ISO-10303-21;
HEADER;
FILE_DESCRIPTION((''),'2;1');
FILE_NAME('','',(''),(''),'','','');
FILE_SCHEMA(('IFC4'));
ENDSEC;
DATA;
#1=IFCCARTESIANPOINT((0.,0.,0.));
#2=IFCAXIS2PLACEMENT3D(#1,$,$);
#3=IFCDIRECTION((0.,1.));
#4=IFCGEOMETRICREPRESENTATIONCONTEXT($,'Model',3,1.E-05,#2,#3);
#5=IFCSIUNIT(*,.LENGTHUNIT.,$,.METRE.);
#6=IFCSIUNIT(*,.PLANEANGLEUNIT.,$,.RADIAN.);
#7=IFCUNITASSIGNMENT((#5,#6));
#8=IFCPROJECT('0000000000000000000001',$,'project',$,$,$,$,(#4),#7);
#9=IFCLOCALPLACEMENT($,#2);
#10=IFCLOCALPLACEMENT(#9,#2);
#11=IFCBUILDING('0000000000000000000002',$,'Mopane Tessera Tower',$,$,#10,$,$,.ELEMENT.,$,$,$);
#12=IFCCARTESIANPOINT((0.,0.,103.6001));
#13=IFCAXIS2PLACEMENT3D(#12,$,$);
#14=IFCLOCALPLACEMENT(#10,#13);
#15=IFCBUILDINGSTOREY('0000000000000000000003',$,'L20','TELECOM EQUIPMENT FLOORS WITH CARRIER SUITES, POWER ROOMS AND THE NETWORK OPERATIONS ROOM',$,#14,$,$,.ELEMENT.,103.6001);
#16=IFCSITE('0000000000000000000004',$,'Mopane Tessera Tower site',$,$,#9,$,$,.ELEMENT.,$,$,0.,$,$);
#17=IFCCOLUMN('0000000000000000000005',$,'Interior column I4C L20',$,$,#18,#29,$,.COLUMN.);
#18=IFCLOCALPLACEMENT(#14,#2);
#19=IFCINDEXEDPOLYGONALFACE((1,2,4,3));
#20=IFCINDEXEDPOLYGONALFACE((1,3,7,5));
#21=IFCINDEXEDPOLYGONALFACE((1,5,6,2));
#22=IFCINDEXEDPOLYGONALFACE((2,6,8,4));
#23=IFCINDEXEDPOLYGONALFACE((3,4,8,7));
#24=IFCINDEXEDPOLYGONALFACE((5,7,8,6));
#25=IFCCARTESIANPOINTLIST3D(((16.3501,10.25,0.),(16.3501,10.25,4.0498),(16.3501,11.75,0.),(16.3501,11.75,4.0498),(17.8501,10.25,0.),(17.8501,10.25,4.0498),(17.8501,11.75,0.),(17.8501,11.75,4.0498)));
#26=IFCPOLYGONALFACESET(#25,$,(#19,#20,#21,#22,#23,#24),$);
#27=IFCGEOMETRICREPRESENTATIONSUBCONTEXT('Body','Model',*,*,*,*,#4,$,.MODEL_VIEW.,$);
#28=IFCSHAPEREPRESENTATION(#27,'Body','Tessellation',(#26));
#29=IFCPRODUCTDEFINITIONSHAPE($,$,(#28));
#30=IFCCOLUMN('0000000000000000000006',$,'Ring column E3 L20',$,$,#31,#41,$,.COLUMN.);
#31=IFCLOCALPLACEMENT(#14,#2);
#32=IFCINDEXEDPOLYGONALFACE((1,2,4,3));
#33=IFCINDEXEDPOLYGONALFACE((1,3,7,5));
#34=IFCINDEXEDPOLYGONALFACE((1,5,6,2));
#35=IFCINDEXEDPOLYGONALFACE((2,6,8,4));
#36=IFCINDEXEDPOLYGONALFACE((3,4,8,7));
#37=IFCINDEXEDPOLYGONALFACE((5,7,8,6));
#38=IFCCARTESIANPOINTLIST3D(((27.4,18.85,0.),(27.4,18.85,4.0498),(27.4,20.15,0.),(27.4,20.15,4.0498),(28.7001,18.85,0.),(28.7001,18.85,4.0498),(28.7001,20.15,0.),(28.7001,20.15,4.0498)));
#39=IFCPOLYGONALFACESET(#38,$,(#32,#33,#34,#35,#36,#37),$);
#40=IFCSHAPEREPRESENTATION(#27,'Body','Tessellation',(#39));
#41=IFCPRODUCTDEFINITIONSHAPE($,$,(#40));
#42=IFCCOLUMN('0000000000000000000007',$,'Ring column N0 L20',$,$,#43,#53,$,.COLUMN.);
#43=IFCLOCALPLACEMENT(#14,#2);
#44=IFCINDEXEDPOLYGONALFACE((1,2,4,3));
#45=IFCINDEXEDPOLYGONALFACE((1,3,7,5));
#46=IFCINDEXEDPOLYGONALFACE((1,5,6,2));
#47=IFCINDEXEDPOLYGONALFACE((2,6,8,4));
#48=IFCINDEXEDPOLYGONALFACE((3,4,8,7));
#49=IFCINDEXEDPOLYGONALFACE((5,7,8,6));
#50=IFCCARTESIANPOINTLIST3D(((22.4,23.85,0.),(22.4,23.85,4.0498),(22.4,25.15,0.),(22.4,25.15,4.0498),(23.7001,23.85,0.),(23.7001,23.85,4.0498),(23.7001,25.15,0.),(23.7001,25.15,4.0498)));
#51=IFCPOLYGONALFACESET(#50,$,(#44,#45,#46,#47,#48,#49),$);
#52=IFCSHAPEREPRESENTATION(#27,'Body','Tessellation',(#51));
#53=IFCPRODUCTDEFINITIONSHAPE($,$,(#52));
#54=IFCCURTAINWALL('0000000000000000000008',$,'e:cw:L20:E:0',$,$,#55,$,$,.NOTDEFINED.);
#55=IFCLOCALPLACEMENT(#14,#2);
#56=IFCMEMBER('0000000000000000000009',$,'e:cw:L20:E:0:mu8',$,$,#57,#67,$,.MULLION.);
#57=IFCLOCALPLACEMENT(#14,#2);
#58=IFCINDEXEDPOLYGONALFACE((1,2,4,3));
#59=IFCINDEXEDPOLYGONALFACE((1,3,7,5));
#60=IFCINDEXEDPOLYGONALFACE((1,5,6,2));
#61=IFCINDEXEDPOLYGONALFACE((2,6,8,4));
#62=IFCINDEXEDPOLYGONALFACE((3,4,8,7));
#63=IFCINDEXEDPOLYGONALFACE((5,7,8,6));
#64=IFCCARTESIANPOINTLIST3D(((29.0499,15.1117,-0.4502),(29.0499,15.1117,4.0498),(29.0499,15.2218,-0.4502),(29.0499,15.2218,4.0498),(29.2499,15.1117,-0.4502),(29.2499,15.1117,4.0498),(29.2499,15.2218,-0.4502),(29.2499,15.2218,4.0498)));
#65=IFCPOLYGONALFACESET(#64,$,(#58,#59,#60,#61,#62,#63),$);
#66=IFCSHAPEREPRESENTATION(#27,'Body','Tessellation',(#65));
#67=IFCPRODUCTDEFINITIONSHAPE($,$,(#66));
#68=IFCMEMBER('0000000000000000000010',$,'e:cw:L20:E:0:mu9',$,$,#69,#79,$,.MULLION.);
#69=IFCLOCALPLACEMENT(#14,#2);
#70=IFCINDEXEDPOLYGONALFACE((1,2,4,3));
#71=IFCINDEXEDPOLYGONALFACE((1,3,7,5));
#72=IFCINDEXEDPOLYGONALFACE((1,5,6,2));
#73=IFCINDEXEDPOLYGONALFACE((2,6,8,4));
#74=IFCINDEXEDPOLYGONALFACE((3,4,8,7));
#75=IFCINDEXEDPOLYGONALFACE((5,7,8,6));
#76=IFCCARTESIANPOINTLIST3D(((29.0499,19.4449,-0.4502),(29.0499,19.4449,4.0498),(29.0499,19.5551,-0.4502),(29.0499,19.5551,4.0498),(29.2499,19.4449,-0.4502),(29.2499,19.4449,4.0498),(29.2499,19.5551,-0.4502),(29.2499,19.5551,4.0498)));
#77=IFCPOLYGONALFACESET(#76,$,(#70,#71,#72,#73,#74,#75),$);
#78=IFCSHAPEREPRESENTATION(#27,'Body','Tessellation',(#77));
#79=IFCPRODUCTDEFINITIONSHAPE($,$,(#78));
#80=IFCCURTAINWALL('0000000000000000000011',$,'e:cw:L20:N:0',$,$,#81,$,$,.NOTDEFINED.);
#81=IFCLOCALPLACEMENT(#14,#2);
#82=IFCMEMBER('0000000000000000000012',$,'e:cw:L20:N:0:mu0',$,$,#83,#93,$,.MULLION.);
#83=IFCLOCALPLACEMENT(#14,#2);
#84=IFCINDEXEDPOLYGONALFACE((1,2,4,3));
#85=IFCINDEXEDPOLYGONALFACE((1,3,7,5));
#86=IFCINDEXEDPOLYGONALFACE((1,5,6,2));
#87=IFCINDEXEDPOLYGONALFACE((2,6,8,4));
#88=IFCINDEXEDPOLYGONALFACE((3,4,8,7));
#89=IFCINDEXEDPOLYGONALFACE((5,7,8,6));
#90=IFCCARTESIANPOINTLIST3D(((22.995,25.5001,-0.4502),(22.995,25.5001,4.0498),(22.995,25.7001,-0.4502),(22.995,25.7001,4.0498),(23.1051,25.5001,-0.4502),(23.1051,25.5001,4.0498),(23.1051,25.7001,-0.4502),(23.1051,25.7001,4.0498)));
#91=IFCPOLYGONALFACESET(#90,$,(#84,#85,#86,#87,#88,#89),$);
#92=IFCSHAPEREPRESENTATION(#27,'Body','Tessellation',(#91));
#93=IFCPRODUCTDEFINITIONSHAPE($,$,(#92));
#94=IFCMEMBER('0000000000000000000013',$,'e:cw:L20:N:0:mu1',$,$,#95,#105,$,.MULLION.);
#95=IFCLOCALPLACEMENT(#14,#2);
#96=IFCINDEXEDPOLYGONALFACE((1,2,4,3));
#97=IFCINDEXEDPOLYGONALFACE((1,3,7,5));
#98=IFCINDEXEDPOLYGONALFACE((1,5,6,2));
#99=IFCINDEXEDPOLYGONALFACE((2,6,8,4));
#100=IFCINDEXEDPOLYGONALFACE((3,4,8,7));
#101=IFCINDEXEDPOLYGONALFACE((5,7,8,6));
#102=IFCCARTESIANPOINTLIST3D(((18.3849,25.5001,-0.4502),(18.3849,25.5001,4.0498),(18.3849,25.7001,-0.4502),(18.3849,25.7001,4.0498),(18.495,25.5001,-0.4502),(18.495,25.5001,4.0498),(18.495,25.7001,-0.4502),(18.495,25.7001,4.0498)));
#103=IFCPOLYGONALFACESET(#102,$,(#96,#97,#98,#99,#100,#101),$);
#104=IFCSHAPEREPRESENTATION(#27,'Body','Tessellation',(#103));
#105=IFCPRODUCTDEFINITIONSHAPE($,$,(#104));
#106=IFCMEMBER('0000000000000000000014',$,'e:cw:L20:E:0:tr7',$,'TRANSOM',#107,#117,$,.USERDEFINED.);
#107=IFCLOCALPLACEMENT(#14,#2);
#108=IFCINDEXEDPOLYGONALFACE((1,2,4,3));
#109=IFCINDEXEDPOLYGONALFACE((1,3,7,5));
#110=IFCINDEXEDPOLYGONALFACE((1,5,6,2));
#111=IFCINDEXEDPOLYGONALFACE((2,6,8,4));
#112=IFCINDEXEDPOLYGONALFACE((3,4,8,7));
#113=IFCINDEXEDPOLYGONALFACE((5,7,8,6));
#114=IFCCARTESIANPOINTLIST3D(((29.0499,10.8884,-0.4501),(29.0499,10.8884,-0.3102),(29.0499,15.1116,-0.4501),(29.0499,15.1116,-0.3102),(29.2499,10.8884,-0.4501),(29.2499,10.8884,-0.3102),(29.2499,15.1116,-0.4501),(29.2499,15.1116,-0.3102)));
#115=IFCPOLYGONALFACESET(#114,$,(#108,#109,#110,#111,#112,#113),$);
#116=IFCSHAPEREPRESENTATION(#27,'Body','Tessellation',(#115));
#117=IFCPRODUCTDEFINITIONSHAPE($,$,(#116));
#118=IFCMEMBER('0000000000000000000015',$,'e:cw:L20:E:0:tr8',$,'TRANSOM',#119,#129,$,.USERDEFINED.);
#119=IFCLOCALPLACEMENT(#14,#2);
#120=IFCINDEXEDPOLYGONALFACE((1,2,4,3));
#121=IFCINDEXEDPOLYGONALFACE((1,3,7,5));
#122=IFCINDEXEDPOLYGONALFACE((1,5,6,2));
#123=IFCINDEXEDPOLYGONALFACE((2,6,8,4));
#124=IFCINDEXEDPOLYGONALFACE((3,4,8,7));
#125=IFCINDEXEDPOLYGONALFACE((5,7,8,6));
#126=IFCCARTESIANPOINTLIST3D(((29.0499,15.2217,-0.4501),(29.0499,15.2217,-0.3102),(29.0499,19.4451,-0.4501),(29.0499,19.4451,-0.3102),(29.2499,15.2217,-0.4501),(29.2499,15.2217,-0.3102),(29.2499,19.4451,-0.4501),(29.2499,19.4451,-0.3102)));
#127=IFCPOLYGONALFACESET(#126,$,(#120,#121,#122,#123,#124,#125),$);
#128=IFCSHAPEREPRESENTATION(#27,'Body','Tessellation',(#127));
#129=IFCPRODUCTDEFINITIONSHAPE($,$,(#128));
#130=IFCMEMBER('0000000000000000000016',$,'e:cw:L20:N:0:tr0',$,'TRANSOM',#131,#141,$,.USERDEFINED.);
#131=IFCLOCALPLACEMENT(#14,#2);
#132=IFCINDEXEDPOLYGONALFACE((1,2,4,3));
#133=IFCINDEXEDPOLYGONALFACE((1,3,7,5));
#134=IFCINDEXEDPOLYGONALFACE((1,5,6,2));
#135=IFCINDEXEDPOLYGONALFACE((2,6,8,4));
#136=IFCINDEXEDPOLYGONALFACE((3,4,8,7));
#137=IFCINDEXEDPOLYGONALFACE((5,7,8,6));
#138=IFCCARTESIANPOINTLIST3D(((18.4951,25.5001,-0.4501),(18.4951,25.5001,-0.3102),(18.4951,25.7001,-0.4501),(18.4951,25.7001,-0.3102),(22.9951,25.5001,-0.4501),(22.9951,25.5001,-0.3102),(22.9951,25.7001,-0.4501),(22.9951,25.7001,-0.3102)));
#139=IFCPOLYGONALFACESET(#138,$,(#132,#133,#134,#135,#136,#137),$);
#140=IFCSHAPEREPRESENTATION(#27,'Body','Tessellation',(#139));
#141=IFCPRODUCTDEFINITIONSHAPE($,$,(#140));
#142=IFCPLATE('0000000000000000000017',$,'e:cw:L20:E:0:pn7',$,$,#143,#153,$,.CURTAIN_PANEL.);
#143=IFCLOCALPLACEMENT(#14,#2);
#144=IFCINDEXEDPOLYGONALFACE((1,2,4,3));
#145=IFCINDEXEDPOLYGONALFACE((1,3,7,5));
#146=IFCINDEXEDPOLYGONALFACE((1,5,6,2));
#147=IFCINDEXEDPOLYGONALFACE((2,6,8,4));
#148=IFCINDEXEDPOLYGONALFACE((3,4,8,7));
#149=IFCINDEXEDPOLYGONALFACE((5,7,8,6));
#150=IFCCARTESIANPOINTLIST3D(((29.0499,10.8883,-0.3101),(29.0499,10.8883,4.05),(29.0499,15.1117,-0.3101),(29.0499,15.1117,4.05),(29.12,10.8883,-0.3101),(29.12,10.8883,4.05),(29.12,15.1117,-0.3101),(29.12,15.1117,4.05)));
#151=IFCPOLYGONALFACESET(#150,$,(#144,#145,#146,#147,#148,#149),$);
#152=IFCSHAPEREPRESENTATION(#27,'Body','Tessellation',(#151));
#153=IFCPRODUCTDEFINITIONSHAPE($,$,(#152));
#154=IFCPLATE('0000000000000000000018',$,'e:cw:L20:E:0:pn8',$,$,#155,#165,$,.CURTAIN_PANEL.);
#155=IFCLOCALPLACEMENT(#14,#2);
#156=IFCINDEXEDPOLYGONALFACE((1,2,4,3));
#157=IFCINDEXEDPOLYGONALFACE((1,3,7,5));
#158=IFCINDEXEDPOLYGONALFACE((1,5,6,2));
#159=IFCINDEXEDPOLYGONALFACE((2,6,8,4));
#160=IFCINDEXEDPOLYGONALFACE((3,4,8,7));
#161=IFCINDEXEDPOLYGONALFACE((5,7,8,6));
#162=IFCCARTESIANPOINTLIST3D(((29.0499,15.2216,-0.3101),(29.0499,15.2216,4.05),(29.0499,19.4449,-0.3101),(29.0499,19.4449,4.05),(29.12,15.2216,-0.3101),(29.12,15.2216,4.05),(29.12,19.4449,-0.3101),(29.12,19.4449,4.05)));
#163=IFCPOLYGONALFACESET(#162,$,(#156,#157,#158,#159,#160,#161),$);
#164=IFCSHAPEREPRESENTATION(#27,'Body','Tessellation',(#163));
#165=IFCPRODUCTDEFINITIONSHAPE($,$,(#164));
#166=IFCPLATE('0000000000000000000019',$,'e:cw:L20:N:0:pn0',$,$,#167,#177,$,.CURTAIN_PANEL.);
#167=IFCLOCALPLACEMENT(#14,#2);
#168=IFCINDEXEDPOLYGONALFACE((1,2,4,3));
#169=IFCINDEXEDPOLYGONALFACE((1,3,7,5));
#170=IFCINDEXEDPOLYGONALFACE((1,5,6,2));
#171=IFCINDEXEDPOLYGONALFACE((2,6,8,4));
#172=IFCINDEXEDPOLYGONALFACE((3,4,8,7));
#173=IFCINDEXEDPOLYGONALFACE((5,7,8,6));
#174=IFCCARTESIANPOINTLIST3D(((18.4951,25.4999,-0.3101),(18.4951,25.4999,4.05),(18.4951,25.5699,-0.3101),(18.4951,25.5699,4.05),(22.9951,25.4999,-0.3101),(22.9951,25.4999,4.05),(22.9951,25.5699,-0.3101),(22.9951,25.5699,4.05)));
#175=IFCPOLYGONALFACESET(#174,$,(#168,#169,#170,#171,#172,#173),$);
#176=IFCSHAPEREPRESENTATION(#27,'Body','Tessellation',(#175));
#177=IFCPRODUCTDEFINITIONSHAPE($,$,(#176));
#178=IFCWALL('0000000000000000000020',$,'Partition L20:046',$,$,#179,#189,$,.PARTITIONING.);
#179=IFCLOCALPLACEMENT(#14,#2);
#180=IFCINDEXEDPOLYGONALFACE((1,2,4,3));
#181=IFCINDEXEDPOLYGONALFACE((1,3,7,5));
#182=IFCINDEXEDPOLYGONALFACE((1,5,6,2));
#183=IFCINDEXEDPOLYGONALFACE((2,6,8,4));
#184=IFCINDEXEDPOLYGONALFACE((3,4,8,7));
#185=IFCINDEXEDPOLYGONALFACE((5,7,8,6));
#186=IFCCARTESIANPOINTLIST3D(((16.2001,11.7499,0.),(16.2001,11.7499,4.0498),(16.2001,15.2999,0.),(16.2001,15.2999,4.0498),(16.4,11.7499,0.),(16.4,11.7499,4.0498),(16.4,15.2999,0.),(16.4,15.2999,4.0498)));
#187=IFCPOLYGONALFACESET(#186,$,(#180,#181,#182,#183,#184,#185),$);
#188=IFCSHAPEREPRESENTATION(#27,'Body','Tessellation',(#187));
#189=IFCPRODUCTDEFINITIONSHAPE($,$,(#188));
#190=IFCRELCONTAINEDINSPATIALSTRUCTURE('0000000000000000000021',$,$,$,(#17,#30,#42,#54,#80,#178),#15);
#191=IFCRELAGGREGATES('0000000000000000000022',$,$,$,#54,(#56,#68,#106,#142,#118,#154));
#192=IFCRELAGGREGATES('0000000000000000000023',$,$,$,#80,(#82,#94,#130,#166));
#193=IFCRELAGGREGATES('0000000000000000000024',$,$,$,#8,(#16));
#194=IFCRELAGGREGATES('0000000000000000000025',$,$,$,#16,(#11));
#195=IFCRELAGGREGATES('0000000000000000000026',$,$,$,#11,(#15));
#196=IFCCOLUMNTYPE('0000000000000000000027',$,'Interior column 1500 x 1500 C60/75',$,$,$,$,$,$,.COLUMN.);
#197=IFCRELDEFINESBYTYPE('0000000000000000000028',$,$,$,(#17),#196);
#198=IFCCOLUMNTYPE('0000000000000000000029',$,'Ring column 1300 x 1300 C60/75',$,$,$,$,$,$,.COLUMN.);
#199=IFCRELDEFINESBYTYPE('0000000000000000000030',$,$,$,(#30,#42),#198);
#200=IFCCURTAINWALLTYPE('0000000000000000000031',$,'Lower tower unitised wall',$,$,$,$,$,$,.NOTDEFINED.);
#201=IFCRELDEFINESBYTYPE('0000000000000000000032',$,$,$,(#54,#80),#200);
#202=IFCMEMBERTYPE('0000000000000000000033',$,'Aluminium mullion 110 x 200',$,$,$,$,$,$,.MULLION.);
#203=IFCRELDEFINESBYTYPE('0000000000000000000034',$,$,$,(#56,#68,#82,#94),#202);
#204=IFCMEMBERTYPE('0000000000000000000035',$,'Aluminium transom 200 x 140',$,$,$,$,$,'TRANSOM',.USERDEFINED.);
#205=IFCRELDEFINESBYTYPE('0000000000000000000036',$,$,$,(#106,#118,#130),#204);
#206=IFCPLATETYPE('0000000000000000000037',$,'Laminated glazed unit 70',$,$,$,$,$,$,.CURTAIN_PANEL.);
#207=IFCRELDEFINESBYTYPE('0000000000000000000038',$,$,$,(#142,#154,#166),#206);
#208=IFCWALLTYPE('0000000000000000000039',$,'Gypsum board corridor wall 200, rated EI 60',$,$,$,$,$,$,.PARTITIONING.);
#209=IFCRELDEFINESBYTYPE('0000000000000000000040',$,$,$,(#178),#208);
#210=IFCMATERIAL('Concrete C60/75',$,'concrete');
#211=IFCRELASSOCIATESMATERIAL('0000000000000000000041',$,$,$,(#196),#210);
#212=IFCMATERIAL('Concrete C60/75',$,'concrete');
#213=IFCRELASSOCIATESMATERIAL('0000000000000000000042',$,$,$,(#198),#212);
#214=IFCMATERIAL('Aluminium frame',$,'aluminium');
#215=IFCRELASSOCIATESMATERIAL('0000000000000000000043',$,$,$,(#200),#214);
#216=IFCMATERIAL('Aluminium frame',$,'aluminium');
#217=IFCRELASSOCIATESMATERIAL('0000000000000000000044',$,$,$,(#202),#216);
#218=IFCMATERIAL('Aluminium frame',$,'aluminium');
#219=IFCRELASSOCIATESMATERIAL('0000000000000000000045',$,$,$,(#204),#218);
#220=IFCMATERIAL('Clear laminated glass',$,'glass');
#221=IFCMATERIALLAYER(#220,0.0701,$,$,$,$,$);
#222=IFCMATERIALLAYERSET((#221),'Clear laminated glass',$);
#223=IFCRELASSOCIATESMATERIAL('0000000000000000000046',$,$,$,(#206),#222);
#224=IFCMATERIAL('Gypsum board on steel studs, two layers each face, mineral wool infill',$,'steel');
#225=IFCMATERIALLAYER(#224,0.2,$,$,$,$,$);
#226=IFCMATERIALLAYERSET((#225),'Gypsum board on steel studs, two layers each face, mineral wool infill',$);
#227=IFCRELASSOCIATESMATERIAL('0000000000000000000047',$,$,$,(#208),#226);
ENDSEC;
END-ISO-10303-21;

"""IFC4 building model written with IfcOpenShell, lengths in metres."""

from ifc_helpers import new_model, si_unit, direction, frame, frame_2d, origin, origin_2d, place, context, subcontext, project, spatial, rectangle, extrude, material, layer, layer_set, material_profile, profile_set, type_object, element, aggregate, save


model = new_model("IFC4")

# Units and contexts
model_context = context("Model", 3, precision=1e-05, world=origin(), true_north=direction((0.0, 1.0)))
body_context = subcontext(model_context, "Body", "Model", "MODEL_VIEW")
ifc_project = project(units=[si_unit("LENGTHUNIT", "METRE"), si_unit("PLANEANGLEUNIT", "RADIAN")], contexts=[model_context])

# Site, building, storey
site_placement = place(None, origin())
site = spatial("IfcSite", under=ifc_project, at=site_placement, Name="Mopane Tessera Tower site", CompositionType="ELEMENT", RefElevation=0.0)
building_placement = place(site_placement, origin())
building = spatial("IfcBuilding", under=site, at=building_placement, Name="Mopane Tessera Tower", CompositionType="ELEMENT")
storey_placement = place(building_placement, frame((0.0, 0.0, 103.6001)))
storey = spatial("IfcBuildingStorey", under=building, at=storey_placement, Name="L20", Description="TELECOM EQUIPMENT FLOORS WITH CARRIER SUITES, POWER ROOMS AND THE NETWORK OPERATIONS ROOM", CompositionType="ELEMENT", Elevation=103.6001)

# Columns
ifc_material_1 = material(Name="Concrete C60/75", Category="concrete")
ifc_material_profile_1 = material_profile(ifc_material_1, rectangle(XDim=1.5, YDim=1.5, at=origin_2d()))
ifc_profile_set_1 = profile_set([ifc_material_profile_1], Name="Concrete C60/75")
column_type_1 = type_object("IfcColumnType", Name="Interior column 1500 x 1500 C60/75", PredefinedType="COLUMN", material=ifc_profile_set_1)
column_placement = place(storey_placement, frame((17.1001, 11.0, 0.0), z_axis=(0.0, 0.0, 1.0), x_axis=(1.0, 0.0, 0.0)))
element("IfcColumn", 1, at=column_placement, inside=storey, type_object=column_type_1, Name="Interior column I4C L20", PredefinedType="COLUMN", context=body_context, shape_type="SweptSolid", body=[
    extrude(rectangle(XDim=1.5, YDim=1.5, at=origin_2d()), origin(), (0.0, 0.0, 1.0), 4.0498),
])
ifc_material_2 = material(Name="Concrete C60/75", Category="concrete")
ifc_material_profile_2 = material_profile(ifc_material_2, rectangle(XDim=1.3, YDim=1.3, at=origin_2d()))
ifc_profile_set_2 = profile_set([ifc_material_profile_2], Name="Concrete C60/75")
column_type_2 = type_object("IfcColumnType", Name="Ring column 1300 x 1300 C60/75", PredefinedType="COLUMN", material=ifc_profile_set_2)
for number, where, z_axis, x_axis, name in (
    (2, (28.05, 19.5, 0.0), (0.0, 0.0, 1.0), (1.0, 0.0, 0.0), "Ring column E3 L20"),
    (3, (23.05, 24.5, 0.0), (0.0, 0.0, 1.0), (1.0, 0.0, 0.0), "Ring column N0 L20"),
):
    element("IfcColumn", number, at=place(storey_placement, frame(where, z_axis=z_axis, x_axis=x_axis)), inside=storey, type_object=column_type_2, Name=name, PredefinedType="COLUMN", context=body_context, shape_type="SweptSolid", body=[
        extrude(rectangle(XDim=1.3, YDim=1.3, at=origin_2d()), origin(), (0.0, 0.0, 1.0), 4.0498),
    ])

# Curtain walls, members
ifc_material_3 = material(Name="Aluminium frame", Category="aluminium")
curtain_wall_type = type_object("IfcCurtainWallType", Name="Lower tower unitised wall", PredefinedType="NOTDEFINED", material=ifc_material_3)
curtain_wall_1_placement = place(storey_placement, origin())
curtain_wall_1 = element("IfcCurtainWall", 4, at=curtain_wall_1_placement, inside=storey, type_object=curtain_wall_type, Name="e:cw:L20:E:0", PredefinedType="NOTDEFINED")
ifc_material_4 = material(Name="Aluminium frame", Category="aluminium")
ifc_material_profile_3 = material_profile(ifc_material_4, rectangle(XDim=0.1101, YDim=0.2, at=origin_2d()))
ifc_profile_set_3 = profile_set([ifc_material_profile_3], Name="Aluminium frame")
member_type_1 = type_object("IfcMemberType", Name="Aluminium mullion 110 x 200", PredefinedType="MULLION", material=ifc_profile_set_3)
member_1_placement = place(storey_placement, frame((29.1499, 15.1667, -0.4502), z_axis=(0.0, 0.0, 1.0), x_axis=(0.0, 1.0, 0.0)))
member_1 = element("IfcMember", 5, at=member_1_placement, type_object=member_type_1, Name="e:cw:L20:E:0:mu8", PredefinedType="MULLION", context=body_context, shape_type="SweptSolid", body=[
    extrude(rectangle(XDim=0.1101, YDim=0.2, at=origin_2d()), origin(), (0.0, 0.0, 1.0), 4.5),
])
member_2_placement = place(storey_placement, frame((29.1499, 19.5, -0.4502), z_axis=(0.0, 0.0, 1.0), x_axis=(0.0, 1.0, 0.0)))
member_2 = element("IfcMember", 6, at=member_2_placement, type_object=member_type_1, Name="e:cw:L20:E:0:mu9", PredefinedType="MULLION", context=body_context, shape_type="SweptSolid", body=[
    extrude(rectangle(XDim=0.1101, YDim=0.2, at=origin_2d()), origin(), (0.0, 0.0, 1.0), 4.5),
])
curtain_wall_2_placement = place(storey_placement, origin())
curtain_wall_2 = element("IfcCurtainWall", 7, at=curtain_wall_2_placement, inside=storey, type_object=curtain_wall_type, Name="e:cw:L20:N:0", PredefinedType="NOTDEFINED")
member_3_placement = place(storey_placement, frame((23.05, 25.6001, -0.4502), z_axis=(0.0, 0.0, 1.0), x_axis=(-1.0, 0.0, 0.0)))
member_3 = element("IfcMember", 8, at=member_3_placement, type_object=member_type_1, Name="e:cw:L20:N:0:mu0", PredefinedType="MULLION", context=body_context, shape_type="SweptSolid", body=[
    extrude(rectangle(XDim=0.1101, YDim=0.2, at=origin_2d()), origin(), (0.0, 0.0, 1.0), 4.5),
])
member_4_placement = place(storey_placement, frame((18.4399, 25.6001, -0.4502), z_axis=(0.0, 0.0, 1.0), x_axis=(-1.0, 0.0, 0.0)))
member_4 = element("IfcMember", 9, at=member_4_placement, type_object=member_type_1, Name="e:cw:L20:N:0:mu1", PredefinedType="MULLION", context=body_context, shape_type="SweptSolid", body=[
    extrude(rectangle(XDim=0.1101, YDim=0.2, at=origin_2d()), origin(), (0.0, 0.0, 1.0), 4.5),
])

# Members
ifc_material_5 = material(Name="Aluminium frame", Category="aluminium")
ifc_material_profile_4 = material_profile(ifc_material_5, rectangle(XDim=0.2, YDim=0.1399, at=origin_2d()))
ifc_profile_set_4 = profile_set([ifc_material_profile_4], Name="Aluminium frame")
member_type_2 = type_object("IfcMemberType", Name="Aluminium transom 200 x 140", ElementType="TRANSOM", PredefinedType="USERDEFINED", material=ifc_profile_set_4)
member_5_placement = place(storey_placement, frame((29.1499, 10.8884, -0.3801), z_axis=(0.0, 1.0, 0.0), x_axis=(-1.0, 0.0, 0.0)))
member_5 = element("IfcMember", 10, at=member_5_placement, type_object=member_type_2, Name="e:cw:L20:E:0:tr7", ObjectType="TRANSOM", PredefinedType="USERDEFINED", context=body_context, shape_type="SweptSolid", body=[
    extrude(rectangle(XDim=0.2, YDim=0.1399, at=origin_2d()), origin(), (0.0, 0.0, 1.0), 4.2231),
])
member_6_placement = place(storey_placement, frame((29.1499, 15.2217, -0.3801), z_axis=(0.0, 1.0, 0.0), x_axis=(-1.0, 0.0, 0.0)))
member_6 = element("IfcMember", 11, at=member_6_placement, type_object=member_type_2, Name="e:cw:L20:E:0:tr8", ObjectType="TRANSOM", PredefinedType="USERDEFINED", context=body_context, shape_type="SweptSolid", body=[
    extrude(rectangle(XDim=0.2, YDim=0.1399, at=origin_2d()), origin(), (0.0, 0.0, 1.0), 4.2234),
])
member_7_placement = place(storey_placement, frame((22.9951, 25.6001, -0.3801), z_axis=(-1.0, 0.0, 0.0), x_axis=(0.0, -1.0, 0.0)))
member_7 = element("IfcMember", 12, at=member_7_placement, type_object=member_type_2, Name="e:cw:L20:N:0:tr0", ObjectType="TRANSOM", PredefinedType="USERDEFINED", context=body_context, shape_type="SweptSolid", body=[
    extrude(rectangle(XDim=0.2, YDim=0.1399, at=origin_2d()), origin(), (0.0, 0.0, 1.0), 4.5),
])

# Plates
ifc_material_6 = material(Name="Clear laminated glass", Category="glass")
ifc_layer_1 = layer(ifc_material_6, 0.0701)
ifc_layer_set_1 = layer_set([ifc_layer_1], Name="Clear laminated glass")
plate_type = type_object("IfcPlateType", Name="Laminated glazed unit 70", PredefinedType="CURTAIN_PANEL", material=ifc_layer_set_1)
plate_1_placement = place(storey_placement, frame((29.085, 13.0, -0.3101), z_axis=(0.0, 0.0, 1.0), x_axis=(0.0, 1.0, 0.0)))
plate_1 = element("IfcPlate", 13, at=plate_1_placement, type_object=plate_type, Name="e:cw:L20:E:0:pn7", PredefinedType="CURTAIN_PANEL", context=body_context, shape_type="SweptSolid", body=[
    extrude(rectangle(XDim=4.2234, YDim=0.0701, at=origin_2d()), origin(), (0.0, 0.0, 1.0), 4.3601),
])
plate_2_placement = place(storey_placement, frame((29.085, 17.3333, -0.3101), z_axis=(0.0, 0.0, 1.0), x_axis=(0.0, 1.0, 0.0)))
plate_2 = element("IfcPlate", 14, at=plate_2_placement, type_object=plate_type, Name="e:cw:L20:E:0:pn8", PredefinedType="CURTAIN_PANEL", context=body_context, shape_type="SweptSolid", body=[
    extrude(rectangle(XDim=4.2234, YDim=0.0701, at=origin_2d()), origin(), (0.0, 0.0, 1.0), 4.3601),
])
aggregate(curtain_wall_1, [member_1, member_2, member_5, plate_1, member_6, plate_2])
plate_3_placement = place(storey_placement, frame((20.7451, 25.5349, -0.3101), z_axis=(0.0, 0.0, 1.0), x_axis=(-1.0, 0.0, 0.0)))
plate_3 = element("IfcPlate", 15, at=plate_3_placement, type_object=plate_type, Name="e:cw:L20:N:0:pn0", PredefinedType="CURTAIN_PANEL", context=body_context, shape_type="SweptSolid", body=[
    extrude(rectangle(XDim=4.5, YDim=0.0701, at=origin_2d()), origin(), (0.0, 0.0, 1.0), 4.3601),
])
aggregate(curtain_wall_2, [member_3, member_4, member_7, plate_3])

# Wall
ifc_material_7 = material(Name="Gypsum board on steel studs, two layers each face, mineral wool infill", Category="steel")
ifc_layer_2 = layer(ifc_material_7, 0.2)
ifc_layer_set_2 = layer_set([ifc_layer_2], Name="Gypsum board on steel studs, two layers each face, mineral wool infill")
wall_type_1 = type_object("IfcWallType", Name="Gypsum board corridor wall 200, rated EI 60", PredefinedType="PARTITIONING", material=ifc_layer_set_2)
wall_1_placement = place(storey_placement, frame((16.3, 11.75, 0.0), z_axis=(0.0, 0.0, 1.0), x_axis=(0.0, 1.0, 0.0)))
element("IfcWall", 16, at=wall_1_placement, inside=storey, type_object=wall_type_1, Name="Partition L20:046", PredefinedType="PARTITIONING", context=body_context, shape_type="SweptSolid", body=[
    extrude(rectangle(XDim=3.55, YDim=0.2, at=frame_2d((1.7749, 0.0))), origin(), (0.0, 0.0, 1.0), 4.0498),
])

save(model, "model.ifc")
